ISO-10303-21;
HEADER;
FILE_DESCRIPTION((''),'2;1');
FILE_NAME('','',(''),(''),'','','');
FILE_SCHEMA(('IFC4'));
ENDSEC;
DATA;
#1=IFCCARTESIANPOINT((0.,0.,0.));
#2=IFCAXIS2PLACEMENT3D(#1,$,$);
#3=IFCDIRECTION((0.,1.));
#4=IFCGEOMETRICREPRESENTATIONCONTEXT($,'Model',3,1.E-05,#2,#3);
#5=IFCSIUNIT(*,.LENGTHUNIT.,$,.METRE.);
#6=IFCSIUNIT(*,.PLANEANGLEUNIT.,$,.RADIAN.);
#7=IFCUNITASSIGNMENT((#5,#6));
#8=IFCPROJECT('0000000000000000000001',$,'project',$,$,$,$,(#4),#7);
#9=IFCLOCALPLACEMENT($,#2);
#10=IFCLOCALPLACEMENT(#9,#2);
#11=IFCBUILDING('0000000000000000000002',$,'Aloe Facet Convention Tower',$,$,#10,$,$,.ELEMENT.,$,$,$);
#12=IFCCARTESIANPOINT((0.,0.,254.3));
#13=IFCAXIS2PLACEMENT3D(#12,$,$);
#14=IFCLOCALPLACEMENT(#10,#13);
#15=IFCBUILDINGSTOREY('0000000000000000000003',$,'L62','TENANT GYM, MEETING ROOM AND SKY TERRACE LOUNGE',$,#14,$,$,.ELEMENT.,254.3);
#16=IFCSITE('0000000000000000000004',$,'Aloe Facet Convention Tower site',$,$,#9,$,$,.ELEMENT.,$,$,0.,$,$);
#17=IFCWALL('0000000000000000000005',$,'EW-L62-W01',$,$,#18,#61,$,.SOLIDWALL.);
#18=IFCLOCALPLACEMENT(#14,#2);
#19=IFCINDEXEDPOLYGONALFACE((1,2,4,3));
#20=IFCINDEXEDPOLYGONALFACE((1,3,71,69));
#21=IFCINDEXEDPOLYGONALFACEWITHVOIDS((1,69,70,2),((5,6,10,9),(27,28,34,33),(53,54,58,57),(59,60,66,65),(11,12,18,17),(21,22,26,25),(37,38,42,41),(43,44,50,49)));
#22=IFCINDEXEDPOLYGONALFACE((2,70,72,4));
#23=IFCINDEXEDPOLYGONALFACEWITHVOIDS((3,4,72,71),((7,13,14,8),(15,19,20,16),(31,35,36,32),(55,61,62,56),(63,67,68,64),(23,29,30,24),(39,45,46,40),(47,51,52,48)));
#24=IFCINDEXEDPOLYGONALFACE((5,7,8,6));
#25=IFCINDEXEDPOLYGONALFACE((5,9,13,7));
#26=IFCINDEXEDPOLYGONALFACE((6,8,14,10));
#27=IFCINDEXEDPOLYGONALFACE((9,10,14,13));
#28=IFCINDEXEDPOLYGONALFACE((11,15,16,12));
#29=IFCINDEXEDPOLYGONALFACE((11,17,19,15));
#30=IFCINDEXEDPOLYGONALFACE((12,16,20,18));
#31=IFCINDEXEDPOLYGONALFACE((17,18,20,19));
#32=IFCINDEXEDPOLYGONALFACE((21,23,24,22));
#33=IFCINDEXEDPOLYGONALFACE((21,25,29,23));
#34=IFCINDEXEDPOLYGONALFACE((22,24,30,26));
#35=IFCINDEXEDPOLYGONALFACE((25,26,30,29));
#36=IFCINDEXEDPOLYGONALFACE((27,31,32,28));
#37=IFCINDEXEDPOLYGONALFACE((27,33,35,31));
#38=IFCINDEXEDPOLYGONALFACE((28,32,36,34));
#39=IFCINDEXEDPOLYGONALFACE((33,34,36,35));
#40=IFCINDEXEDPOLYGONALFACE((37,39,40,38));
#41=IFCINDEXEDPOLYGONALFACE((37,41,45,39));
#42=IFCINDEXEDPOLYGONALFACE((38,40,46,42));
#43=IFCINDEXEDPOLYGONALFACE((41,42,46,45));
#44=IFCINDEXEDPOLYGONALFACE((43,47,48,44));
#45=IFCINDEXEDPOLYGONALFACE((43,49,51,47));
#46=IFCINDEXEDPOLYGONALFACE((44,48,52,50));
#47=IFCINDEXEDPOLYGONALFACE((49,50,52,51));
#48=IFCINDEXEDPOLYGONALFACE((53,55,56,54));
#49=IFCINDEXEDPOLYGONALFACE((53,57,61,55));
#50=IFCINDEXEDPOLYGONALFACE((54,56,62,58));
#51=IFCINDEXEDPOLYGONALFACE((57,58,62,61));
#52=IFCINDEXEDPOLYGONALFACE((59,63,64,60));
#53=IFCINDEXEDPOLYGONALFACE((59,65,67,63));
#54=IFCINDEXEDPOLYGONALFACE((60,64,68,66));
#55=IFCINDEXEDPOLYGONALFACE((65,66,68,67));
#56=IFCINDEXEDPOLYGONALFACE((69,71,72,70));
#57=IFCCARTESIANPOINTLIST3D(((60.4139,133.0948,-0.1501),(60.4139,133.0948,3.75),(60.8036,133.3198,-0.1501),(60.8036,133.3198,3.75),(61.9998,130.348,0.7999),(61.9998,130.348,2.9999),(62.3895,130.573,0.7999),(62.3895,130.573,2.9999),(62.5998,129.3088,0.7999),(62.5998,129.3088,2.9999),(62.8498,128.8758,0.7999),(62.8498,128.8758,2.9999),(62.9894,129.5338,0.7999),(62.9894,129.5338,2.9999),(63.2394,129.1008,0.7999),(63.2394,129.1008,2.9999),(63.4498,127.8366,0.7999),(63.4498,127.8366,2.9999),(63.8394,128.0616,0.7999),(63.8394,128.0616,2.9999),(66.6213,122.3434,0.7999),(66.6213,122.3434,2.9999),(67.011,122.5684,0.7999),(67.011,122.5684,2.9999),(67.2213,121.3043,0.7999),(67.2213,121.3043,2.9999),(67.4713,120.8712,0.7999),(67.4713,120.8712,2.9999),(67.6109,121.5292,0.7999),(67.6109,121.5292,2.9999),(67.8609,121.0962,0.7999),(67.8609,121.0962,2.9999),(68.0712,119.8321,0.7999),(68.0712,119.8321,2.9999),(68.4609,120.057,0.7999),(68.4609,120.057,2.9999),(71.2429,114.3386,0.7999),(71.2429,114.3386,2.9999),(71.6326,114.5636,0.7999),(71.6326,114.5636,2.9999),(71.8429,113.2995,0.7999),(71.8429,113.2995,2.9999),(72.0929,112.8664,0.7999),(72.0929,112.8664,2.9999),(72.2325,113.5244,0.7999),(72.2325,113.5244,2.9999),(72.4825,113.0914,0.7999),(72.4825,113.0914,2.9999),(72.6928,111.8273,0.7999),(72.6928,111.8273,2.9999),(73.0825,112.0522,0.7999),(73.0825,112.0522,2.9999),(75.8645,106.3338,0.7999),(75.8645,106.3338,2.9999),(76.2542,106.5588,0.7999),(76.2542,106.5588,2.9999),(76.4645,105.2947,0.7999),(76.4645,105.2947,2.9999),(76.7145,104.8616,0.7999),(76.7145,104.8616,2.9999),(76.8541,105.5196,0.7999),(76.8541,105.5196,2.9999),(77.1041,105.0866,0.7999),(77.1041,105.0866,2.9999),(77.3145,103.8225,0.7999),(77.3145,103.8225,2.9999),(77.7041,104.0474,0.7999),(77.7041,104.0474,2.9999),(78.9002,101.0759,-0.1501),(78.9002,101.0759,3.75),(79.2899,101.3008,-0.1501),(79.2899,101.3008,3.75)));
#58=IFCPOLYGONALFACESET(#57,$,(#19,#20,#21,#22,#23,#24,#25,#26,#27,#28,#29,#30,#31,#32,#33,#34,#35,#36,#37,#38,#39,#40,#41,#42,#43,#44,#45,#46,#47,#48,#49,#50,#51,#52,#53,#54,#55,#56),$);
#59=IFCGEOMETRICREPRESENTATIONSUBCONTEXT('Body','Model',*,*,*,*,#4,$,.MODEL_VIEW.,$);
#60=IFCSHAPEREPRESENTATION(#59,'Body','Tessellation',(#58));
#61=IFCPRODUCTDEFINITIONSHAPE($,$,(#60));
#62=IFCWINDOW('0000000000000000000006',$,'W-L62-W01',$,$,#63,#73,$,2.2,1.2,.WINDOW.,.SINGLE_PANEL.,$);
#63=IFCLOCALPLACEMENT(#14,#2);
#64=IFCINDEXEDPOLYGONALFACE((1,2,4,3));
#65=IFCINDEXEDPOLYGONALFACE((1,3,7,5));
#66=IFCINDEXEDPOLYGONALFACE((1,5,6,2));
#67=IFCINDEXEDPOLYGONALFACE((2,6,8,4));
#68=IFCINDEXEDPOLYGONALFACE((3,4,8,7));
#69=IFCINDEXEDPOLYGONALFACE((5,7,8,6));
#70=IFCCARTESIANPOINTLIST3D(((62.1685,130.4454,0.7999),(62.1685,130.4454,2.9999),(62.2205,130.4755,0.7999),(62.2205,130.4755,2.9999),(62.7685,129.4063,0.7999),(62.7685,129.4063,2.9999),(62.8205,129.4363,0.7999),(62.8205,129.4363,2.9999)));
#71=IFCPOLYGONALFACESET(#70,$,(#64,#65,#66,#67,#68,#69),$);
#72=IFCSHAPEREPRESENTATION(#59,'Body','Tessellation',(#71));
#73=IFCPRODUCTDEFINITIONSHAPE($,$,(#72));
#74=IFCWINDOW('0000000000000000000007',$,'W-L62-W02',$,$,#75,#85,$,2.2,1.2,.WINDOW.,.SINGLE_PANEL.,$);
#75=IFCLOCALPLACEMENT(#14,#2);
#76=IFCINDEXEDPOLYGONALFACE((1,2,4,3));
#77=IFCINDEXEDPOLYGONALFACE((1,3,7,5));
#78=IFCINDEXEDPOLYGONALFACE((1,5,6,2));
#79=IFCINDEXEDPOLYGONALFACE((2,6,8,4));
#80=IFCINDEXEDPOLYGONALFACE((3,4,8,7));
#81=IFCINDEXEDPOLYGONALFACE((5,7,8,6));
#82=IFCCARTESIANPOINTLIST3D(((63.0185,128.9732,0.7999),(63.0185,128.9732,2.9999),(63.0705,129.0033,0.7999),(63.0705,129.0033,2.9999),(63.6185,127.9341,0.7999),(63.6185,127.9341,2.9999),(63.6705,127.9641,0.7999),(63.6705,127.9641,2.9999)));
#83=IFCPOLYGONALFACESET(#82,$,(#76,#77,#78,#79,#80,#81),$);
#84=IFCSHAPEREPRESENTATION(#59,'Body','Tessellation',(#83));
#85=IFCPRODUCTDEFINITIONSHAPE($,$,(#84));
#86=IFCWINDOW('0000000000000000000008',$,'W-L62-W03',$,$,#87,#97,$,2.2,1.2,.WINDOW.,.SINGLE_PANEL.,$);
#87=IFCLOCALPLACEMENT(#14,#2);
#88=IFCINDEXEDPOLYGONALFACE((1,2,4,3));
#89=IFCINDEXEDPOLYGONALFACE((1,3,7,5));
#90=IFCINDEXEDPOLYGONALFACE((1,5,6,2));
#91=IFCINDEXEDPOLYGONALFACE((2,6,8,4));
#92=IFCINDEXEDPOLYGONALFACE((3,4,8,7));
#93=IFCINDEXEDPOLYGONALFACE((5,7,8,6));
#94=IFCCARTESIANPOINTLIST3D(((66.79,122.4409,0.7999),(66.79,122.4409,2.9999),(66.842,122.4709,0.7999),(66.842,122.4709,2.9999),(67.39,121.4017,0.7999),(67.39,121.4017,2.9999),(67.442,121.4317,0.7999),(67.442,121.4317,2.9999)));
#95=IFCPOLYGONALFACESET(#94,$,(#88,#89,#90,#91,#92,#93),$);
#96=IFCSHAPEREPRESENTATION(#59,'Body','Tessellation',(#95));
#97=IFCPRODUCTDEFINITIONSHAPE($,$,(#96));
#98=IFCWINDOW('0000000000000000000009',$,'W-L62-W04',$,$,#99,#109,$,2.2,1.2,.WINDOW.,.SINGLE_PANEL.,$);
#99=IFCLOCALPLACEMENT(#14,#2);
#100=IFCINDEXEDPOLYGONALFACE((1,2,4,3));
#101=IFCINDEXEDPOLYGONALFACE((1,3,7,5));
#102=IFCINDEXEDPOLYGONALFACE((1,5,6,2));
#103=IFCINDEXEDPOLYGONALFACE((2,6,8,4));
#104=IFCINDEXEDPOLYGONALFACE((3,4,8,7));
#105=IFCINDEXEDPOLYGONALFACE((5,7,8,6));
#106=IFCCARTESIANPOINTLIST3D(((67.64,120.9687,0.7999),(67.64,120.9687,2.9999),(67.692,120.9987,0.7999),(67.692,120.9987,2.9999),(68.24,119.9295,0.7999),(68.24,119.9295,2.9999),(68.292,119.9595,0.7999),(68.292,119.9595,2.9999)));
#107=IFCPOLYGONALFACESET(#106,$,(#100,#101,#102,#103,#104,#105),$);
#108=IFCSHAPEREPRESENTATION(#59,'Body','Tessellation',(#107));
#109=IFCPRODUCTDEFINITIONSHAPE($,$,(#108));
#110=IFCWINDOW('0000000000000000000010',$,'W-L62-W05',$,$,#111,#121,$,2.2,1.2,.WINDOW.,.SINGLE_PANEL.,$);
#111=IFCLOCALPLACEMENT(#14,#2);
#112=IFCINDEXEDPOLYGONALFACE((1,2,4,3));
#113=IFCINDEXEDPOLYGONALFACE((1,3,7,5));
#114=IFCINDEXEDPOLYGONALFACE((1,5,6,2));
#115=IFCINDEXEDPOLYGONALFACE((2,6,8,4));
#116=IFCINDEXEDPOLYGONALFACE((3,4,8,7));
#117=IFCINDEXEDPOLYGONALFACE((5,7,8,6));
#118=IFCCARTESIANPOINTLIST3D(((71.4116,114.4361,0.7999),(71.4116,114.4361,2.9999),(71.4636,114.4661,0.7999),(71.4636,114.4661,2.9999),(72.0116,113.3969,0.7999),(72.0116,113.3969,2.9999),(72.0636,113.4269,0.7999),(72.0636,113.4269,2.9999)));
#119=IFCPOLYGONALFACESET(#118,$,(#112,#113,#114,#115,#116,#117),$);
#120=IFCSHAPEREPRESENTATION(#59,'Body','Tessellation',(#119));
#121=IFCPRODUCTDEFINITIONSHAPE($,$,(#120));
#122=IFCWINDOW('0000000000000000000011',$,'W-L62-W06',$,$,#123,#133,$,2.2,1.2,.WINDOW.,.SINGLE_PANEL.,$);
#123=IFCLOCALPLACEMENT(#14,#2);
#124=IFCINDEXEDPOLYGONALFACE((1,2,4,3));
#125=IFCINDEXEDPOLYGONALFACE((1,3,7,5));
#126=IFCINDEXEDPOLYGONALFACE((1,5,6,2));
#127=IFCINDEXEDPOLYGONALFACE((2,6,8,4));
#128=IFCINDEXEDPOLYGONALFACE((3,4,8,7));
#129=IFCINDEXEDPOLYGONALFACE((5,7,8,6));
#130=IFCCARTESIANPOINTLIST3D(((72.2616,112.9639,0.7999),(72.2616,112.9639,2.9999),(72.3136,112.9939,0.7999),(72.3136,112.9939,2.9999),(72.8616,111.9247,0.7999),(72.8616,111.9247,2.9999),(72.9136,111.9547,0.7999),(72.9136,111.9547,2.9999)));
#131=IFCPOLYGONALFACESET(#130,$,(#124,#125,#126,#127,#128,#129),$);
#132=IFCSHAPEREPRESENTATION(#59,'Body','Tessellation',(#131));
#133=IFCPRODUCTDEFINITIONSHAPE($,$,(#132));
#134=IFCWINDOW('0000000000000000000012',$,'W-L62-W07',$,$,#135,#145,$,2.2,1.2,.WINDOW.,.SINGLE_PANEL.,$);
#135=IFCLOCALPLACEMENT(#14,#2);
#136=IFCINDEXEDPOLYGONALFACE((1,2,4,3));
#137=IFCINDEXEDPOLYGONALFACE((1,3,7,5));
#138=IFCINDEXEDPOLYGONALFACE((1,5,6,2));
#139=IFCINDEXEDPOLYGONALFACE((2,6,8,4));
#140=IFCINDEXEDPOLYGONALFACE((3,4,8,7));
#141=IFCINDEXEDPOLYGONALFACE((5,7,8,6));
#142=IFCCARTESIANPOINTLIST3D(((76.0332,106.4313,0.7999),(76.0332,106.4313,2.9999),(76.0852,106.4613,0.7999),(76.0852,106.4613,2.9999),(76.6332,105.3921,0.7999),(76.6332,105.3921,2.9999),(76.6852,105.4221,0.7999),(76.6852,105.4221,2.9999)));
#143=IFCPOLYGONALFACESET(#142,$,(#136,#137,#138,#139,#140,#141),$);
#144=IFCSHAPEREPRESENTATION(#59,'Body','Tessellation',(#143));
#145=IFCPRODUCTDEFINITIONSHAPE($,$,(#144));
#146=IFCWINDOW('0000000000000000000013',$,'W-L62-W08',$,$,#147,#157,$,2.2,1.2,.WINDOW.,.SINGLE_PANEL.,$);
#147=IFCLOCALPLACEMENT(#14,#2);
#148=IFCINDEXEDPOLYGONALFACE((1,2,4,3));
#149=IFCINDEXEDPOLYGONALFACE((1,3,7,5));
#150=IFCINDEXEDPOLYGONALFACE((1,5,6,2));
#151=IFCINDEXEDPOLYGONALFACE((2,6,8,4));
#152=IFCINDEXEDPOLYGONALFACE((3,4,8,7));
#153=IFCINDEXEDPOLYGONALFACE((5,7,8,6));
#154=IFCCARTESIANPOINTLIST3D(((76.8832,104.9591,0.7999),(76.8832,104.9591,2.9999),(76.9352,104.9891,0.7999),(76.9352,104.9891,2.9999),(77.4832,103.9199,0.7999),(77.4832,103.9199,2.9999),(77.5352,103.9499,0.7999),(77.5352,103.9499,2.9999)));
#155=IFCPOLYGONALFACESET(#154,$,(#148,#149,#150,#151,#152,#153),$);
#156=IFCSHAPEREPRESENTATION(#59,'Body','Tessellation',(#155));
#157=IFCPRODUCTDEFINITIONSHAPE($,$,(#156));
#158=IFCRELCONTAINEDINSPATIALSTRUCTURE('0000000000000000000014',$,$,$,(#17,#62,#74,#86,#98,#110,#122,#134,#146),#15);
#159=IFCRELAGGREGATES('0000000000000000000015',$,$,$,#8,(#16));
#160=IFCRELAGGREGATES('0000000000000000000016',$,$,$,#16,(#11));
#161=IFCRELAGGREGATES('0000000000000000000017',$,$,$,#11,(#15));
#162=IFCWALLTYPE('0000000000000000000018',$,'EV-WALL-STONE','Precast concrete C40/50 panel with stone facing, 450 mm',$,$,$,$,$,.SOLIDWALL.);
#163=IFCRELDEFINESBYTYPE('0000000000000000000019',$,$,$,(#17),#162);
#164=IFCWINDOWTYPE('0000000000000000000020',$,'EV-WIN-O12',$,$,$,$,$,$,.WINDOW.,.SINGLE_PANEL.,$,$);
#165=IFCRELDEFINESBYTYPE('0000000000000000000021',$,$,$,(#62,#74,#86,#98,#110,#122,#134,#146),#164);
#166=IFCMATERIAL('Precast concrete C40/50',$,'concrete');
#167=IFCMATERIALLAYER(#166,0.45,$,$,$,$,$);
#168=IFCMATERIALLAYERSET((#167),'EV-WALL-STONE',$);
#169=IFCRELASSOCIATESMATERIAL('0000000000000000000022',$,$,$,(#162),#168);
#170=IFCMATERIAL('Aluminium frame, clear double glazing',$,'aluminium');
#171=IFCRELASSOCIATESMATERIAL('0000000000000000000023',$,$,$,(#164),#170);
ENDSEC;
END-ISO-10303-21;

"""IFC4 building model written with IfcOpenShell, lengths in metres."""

from ifc_helpers import new_model, si_unit, direction, frame, frame_2d, origin, place, context, subcontext, project, spatial, polyline, rectangle, outline, extrude, material, layer, layer_set, type_object, element, fill, save


model = new_model("IFC4")

# Units and contexts
model_context = context("Model", 3, precision=1e-05, world=origin(), true_north=direction((0.0, 1.0)))
body_context = subcontext(model_context, "Body", "Model", "MODEL_VIEW")
ifc_project = project(units=[si_unit("LENGTHUNIT", "METRE"), si_unit("PLANEANGLEUNIT", "RADIAN")], contexts=[model_context])

# Site, building, storey
site_placement = place(None, origin())
site = spatial("IfcSite", under=ifc_project, at=site_placement, Name="Aloe Facet Convention Tower site", CompositionType="ELEMENT", RefElevation=0.0)
building_placement = place(site_placement, origin())
building = spatial("IfcBuilding", under=site, at=building_placement, Name="Aloe Facet Convention Tower", CompositionType="ELEMENT")
storey_placement = place(building_placement, frame((0.0, 0.0, 254.3)))
storey = spatial("IfcBuildingStorey", under=building, at=storey_placement, Name="L62", Description="TENANT GYM, MEETING ROOM AND SKY TERRACE LOUNGE", CompositionType="ELEMENT", Elevation=254.3)

# Shared definitions
ifc_material_1 = material(Name="Precast concrete C40/50", Category="concrete")
ifc_layer_1 = layer(ifc_material_1, 0.45)
ifc_layer_set_1 = layer_set([ifc_layer_1], Name="EV-WALL-STONE")
wall_type = type_object("IfcWallType", Name="EV-WALL-STONE", Description="Precast concrete C40/50 panel with stone facing, 450 mm", PredefinedType="SOLIDWALL", material=ifc_layer_set_1)

# Wall, openings, windows
wall_1_placement = place(storey_placement, frame((60.6086, 133.2073, -0.1501), z_axis=(0.0, 0.0, 1.0), x_axis=(0.500003, -0.866024, 0.0)))
wall_1 = element("IfcWall", 1, at=wall_1_placement, inside=storey, type_object=wall_type, Name="EW-L62-W01", PredefinedType="SOLIDWALL", context=body_context, shape_type="SweptSolid", body=[
    extrude(outline(polyline([(36.9724, 0.0), (36.9724, 3.9001), (0.0, 3.9001), (0.0, 0.0), (36.9724, 0.0)])), frame((0.0, 0.2251, 0.0), z_axis=(0.0, -1.0, 0.0), x_axis=(1.0, 0.0, 0.0)), (0.0, 0.0, 1.0), 0.45),
])
opening_1_placement = place(wall_1_placement, frame((3.1716, 0.0, 0.95)))
opening_1 = element("IfcOpeningElement", 2, at=opening_1_placement, cuts=wall_1, PredefinedType="OPENING", context=body_context, shape_type="SweptSolid", body=[
    extrude(rectangle(XDim=1.2, YDim=2.2, at=frame_2d((0.6001, 1.1001))), frame((0.0, 0.2349, 0.0), z_axis=(0.0, -1.0, 0.0), x_axis=(1.0, 0.0, 0.0)), (0.0, 0.0, 1.0), 0.47),
])
opening_2_placement = place(wall_1_placement, frame((4.8716, 0.0, 0.95)))
opening_2 = element("IfcOpeningElement", 3, at=opening_2_placement, cuts=wall_1, PredefinedType="OPENING", context=body_context, shape_type="SweptSolid", body=[
    extrude(rectangle(XDim=1.2, YDim=2.2, at=frame_2d((0.6001, 1.1001))), frame((0.0, 0.2349, 0.0), z_axis=(0.0, -1.0, 0.0), x_axis=(1.0, 0.0, 0.0)), (0.0, 0.0, 1.0), 0.47),
])
opening_3_placement = place(wall_1_placement, frame((12.4146, 0.0, 0.95)))
opening_3 = element("IfcOpeningElement", 4, at=opening_3_placement, cuts=wall_1, PredefinedType="OPENING", context=body_context, shape_type="SweptSolid", body=[
    extrude(rectangle(XDim=1.2, YDim=2.2, at=frame_2d((0.6001, 1.1001))), frame((0.0, 0.2349, 0.0), z_axis=(0.0, -1.0, 0.0), x_axis=(1.0, 0.0, 0.0)), (0.0, 0.0, 1.0), 0.47),
])
opening_4_placement = place(wall_1_placement, frame((14.1145, 0.0, 0.95)))
opening_4 = element("IfcOpeningElement", 5, at=opening_4_placement, cuts=wall_1, PredefinedType="OPENING", context=body_context, shape_type="SweptSolid", body=[
    extrude(rectangle(XDim=1.2, YDim=2.2, at=frame_2d((0.6001, 1.1001))), frame((0.0, 0.2349, 0.0), z_axis=(0.0, -1.0, 0.0), x_axis=(1.0, 0.0, 0.0)), (0.0, 0.0, 1.0), 0.47),
])
opening_5_placement = place(wall_1_placement, frame((21.6577, 0.0, 0.95)))
opening_5 = element("IfcOpeningElement", 6, at=opening_5_placement, cuts=wall_1, PredefinedType="OPENING", context=body_context, shape_type="SweptSolid", body=[
    extrude(rectangle(XDim=1.2, YDim=2.2, at=frame_2d((0.6001, 1.1001))), frame((0.0, 0.2349, 0.0), z_axis=(0.0, -1.0, 0.0), x_axis=(1.0, 0.0, 0.0)), (0.0, 0.0, 1.0), 0.47),
])
opening_6_placement = place(wall_1_placement, frame((23.3577, 0.0, 0.95)))
opening_6 = element("IfcOpeningElement", 7, at=opening_6_placement, cuts=wall_1, PredefinedType="OPENING", context=body_context, shape_type="SweptSolid", body=[
    extrude(rectangle(XDim=1.2, YDim=2.2, at=frame_2d((0.6001, 1.1001))), frame((0.0, 0.2349, 0.0), z_axis=(0.0, -1.0, 0.0), x_axis=(1.0, 0.0, 0.0)), (0.0, 0.0, 1.0), 0.47),
])
opening_7_placement = place(wall_1_placement, frame((30.9009, 0.0, 0.95)))
opening_7 = element("IfcOpeningElement", 8, at=opening_7_placement, cuts=wall_1, PredefinedType="OPENING", context=body_context, shape_type="SweptSolid", body=[
    extrude(rectangle(XDim=1.2, YDim=2.2, at=frame_2d((0.6001, 1.1001))), frame((0.0, 0.2349, 0.0), z_axis=(0.0, -1.0, 0.0), x_axis=(1.0, 0.0, 0.0)), (0.0, 0.0, 1.0), 0.47),
])
opening_8_placement = place(wall_1_placement, frame((32.6008, 0.0, 0.95)))
opening_8 = element("IfcOpeningElement", 9, at=opening_8_placement, cuts=wall_1, PredefinedType="OPENING", context=body_context, shape_type="SweptSolid", body=[
    extrude(rectangle(XDim=1.2, YDim=2.2, at=frame_2d((0.6001, 1.1001))), frame((0.0, 0.2349, 0.0), z_axis=(0.0, -1.0, 0.0), x_axis=(1.0, 0.0, 0.0)), (0.0, 0.0, 1.0), 0.47),
])
ifc_material_2 = material(Name="Aluminium frame, clear double glazing", Category="aluminium")
window_type = type_object("IfcWindowType", Name="EV-WIN-O12", PartitioningType="SINGLE_PANEL", PredefinedType="WINDOW", material=ifc_material_2)
window_1_placement = place(opening_1_placement, origin())
window_1 = element("IfcWindow", 10, at=window_1_placement, inside=storey, type_object=window_type, Name="W-L62-W01", OverallHeight=2.2, OverallWidth=1.2, PartitioningType="SINGLE_PANEL", PredefinedType="WINDOW", context=body_context, shape_type="SweptSolid", body=[
    extrude(rectangle(XDim=1.2, YDim=2.2, at=frame_2d((0.6001, 1.1001))), frame((0.0, 0.03, 0.0), z_axis=(0.0, -1.0, 0.0), x_axis=(1.0, 0.0, 0.0)), (0.0, 0.0, 1.0), 0.0601),
])
fill(opening_1, window_1)
window_2_placement = place(opening_2_placement, origin())
window_2 = element("IfcWindow", 11, at=window_2_placement, inside=storey, type_object=window_type, Name="W-L62-W02", OverallHeight=2.2, OverallWidth=1.2, PartitioningType="SINGLE_PANEL", PredefinedType="WINDOW", context=body_context, shape_type="SweptSolid", body=[
    extrude(rectangle(XDim=1.2, YDim=2.2, at=frame_2d((0.6001, 1.1001))), frame((0.0, 0.03, 0.0), z_axis=(0.0, -1.0, 0.0), x_axis=(1.0, 0.0, 0.0)), (0.0, 0.0, 1.0), 0.0601),
])
fill(opening_2, window_2)
window_3_placement = place(opening_3_placement, origin())
window_3 = element("IfcWindow", 12, at=window_3_placement, inside=storey, type_object=window_type, Name="W-L62-W03", OverallHeight=2.2, OverallWidth=1.2, PartitioningType="SINGLE_PANEL", PredefinedType="WINDOW", context=body_context, shape_type="SweptSolid", body=[
    extrude(rectangle(XDim=1.2, YDim=2.2, at=frame_2d((0.6001, 1.1001))), frame((0.0, 0.03, 0.0), z_axis=(0.0, -1.0, 0.0), x_axis=(1.0, 0.0, 0.0)), (0.0, 0.0, 1.0), 0.0601),
])
fill(opening_3, window_3)
window_4_placement = place(opening_4_placement, origin())
window_4 = element("IfcWindow", 13, at=window_4_placement, inside=storey, type_object=window_type, Name="W-L62-W04", OverallHeight=2.2, OverallWidth=1.2, PartitioningType="SINGLE_PANEL", PredefinedType="WINDOW", context=body_context, shape_type="SweptSolid", body=[
    extrude(rectangle(XDim=1.2, YDim=2.2, at=frame_2d((0.6001, 1.1001))), frame((0.0, 0.03, 0.0), z_axis=(0.0, -1.0, 0.0), x_axis=(1.0, 0.0, 0.0)), (0.0, 0.0, 1.0), 0.0601),
])
fill(opening_4, window_4)
window_5_placement = place(opening_5_placement, origin())
window_5 = element("IfcWindow", 14, at=window_5_placement, inside=storey, type_object=window_type, Name="W-L62-W05", OverallHeight=2.2, OverallWidth=1.2, PartitioningType="SINGLE_PANEL", PredefinedType="WINDOW", context=body_context, shape_type="SweptSolid", body=[
    extrude(rectangle(XDim=1.2, YDim=2.2, at=frame_2d((0.6001, 1.1001))), frame((0.0, 0.03, 0.0), z_axis=(0.0, -1.0, 0.0), x_axis=(1.0, 0.0, 0.0)), (0.0, 0.0, 1.0), 0.0601),
])
fill(opening_5, window_5)
window_6_placement = place(opening_6_placement, origin())
window_6 = element("IfcWindow", 15, at=window_6_placement, inside=storey, type_object=window_type, Name="W-L62-W06", OverallHeight=2.2, OverallWidth=1.2, PartitioningType="SINGLE_PANEL", PredefinedType="WINDOW", context=body_context, shape_type="SweptSolid", body=[
    extrude(rectangle(XDim=1.2, YDim=2.2, at=frame_2d((0.6001, 1.1001))), frame((0.0, 0.03, 0.0), z_axis=(0.0, -1.0, 0.0), x_axis=(1.0, 0.0, 0.0)), (0.0, 0.0, 1.0), 0.0601),
])
fill(opening_6, window_6)
window_7_placement = place(opening_7_placement, origin())
window_7 = element("IfcWindow", 16, at=window_7_placement, inside=storey, type_object=window_type, Name="W-L62-W07", OverallHeight=2.2, OverallWidth=1.2, PartitioningType="SINGLE_PANEL", PredefinedType="WINDOW", context=body_context, shape_type="SweptSolid", body=[
    extrude(rectangle(XDim=1.2, YDim=2.2, at=frame_2d((0.6001, 1.1001))), frame((0.0, 0.03, 0.0), z_axis=(0.0, -1.0, 0.0), x_axis=(1.0, 0.0, 0.0)), (0.0, 0.0, 1.0), 0.0601),
])
fill(opening_7, window_7)
window_8_placement = place(opening_8_placement, origin())
window_8 = element("IfcWindow", 17, at=window_8_placement, inside=storey, type_object=window_type, Name="W-L62-W08", OverallHeight=2.2, OverallWidth=1.2, PartitioningType="SINGLE_PANEL", PredefinedType="WINDOW", context=body_context, shape_type="SweptSolid", body=[
    extrude(rectangle(XDim=1.2, YDim=2.2, at=frame_2d((0.6001, 1.1001))), frame((0.0, 0.03, 0.0), z_axis=(0.0, -1.0, 0.0), x_axis=(1.0, 0.0, 0.0)), (0.0, 0.0, 1.0), 0.0601),
])
fill(opening_8, window_8)

save(model, "model.ifc")
